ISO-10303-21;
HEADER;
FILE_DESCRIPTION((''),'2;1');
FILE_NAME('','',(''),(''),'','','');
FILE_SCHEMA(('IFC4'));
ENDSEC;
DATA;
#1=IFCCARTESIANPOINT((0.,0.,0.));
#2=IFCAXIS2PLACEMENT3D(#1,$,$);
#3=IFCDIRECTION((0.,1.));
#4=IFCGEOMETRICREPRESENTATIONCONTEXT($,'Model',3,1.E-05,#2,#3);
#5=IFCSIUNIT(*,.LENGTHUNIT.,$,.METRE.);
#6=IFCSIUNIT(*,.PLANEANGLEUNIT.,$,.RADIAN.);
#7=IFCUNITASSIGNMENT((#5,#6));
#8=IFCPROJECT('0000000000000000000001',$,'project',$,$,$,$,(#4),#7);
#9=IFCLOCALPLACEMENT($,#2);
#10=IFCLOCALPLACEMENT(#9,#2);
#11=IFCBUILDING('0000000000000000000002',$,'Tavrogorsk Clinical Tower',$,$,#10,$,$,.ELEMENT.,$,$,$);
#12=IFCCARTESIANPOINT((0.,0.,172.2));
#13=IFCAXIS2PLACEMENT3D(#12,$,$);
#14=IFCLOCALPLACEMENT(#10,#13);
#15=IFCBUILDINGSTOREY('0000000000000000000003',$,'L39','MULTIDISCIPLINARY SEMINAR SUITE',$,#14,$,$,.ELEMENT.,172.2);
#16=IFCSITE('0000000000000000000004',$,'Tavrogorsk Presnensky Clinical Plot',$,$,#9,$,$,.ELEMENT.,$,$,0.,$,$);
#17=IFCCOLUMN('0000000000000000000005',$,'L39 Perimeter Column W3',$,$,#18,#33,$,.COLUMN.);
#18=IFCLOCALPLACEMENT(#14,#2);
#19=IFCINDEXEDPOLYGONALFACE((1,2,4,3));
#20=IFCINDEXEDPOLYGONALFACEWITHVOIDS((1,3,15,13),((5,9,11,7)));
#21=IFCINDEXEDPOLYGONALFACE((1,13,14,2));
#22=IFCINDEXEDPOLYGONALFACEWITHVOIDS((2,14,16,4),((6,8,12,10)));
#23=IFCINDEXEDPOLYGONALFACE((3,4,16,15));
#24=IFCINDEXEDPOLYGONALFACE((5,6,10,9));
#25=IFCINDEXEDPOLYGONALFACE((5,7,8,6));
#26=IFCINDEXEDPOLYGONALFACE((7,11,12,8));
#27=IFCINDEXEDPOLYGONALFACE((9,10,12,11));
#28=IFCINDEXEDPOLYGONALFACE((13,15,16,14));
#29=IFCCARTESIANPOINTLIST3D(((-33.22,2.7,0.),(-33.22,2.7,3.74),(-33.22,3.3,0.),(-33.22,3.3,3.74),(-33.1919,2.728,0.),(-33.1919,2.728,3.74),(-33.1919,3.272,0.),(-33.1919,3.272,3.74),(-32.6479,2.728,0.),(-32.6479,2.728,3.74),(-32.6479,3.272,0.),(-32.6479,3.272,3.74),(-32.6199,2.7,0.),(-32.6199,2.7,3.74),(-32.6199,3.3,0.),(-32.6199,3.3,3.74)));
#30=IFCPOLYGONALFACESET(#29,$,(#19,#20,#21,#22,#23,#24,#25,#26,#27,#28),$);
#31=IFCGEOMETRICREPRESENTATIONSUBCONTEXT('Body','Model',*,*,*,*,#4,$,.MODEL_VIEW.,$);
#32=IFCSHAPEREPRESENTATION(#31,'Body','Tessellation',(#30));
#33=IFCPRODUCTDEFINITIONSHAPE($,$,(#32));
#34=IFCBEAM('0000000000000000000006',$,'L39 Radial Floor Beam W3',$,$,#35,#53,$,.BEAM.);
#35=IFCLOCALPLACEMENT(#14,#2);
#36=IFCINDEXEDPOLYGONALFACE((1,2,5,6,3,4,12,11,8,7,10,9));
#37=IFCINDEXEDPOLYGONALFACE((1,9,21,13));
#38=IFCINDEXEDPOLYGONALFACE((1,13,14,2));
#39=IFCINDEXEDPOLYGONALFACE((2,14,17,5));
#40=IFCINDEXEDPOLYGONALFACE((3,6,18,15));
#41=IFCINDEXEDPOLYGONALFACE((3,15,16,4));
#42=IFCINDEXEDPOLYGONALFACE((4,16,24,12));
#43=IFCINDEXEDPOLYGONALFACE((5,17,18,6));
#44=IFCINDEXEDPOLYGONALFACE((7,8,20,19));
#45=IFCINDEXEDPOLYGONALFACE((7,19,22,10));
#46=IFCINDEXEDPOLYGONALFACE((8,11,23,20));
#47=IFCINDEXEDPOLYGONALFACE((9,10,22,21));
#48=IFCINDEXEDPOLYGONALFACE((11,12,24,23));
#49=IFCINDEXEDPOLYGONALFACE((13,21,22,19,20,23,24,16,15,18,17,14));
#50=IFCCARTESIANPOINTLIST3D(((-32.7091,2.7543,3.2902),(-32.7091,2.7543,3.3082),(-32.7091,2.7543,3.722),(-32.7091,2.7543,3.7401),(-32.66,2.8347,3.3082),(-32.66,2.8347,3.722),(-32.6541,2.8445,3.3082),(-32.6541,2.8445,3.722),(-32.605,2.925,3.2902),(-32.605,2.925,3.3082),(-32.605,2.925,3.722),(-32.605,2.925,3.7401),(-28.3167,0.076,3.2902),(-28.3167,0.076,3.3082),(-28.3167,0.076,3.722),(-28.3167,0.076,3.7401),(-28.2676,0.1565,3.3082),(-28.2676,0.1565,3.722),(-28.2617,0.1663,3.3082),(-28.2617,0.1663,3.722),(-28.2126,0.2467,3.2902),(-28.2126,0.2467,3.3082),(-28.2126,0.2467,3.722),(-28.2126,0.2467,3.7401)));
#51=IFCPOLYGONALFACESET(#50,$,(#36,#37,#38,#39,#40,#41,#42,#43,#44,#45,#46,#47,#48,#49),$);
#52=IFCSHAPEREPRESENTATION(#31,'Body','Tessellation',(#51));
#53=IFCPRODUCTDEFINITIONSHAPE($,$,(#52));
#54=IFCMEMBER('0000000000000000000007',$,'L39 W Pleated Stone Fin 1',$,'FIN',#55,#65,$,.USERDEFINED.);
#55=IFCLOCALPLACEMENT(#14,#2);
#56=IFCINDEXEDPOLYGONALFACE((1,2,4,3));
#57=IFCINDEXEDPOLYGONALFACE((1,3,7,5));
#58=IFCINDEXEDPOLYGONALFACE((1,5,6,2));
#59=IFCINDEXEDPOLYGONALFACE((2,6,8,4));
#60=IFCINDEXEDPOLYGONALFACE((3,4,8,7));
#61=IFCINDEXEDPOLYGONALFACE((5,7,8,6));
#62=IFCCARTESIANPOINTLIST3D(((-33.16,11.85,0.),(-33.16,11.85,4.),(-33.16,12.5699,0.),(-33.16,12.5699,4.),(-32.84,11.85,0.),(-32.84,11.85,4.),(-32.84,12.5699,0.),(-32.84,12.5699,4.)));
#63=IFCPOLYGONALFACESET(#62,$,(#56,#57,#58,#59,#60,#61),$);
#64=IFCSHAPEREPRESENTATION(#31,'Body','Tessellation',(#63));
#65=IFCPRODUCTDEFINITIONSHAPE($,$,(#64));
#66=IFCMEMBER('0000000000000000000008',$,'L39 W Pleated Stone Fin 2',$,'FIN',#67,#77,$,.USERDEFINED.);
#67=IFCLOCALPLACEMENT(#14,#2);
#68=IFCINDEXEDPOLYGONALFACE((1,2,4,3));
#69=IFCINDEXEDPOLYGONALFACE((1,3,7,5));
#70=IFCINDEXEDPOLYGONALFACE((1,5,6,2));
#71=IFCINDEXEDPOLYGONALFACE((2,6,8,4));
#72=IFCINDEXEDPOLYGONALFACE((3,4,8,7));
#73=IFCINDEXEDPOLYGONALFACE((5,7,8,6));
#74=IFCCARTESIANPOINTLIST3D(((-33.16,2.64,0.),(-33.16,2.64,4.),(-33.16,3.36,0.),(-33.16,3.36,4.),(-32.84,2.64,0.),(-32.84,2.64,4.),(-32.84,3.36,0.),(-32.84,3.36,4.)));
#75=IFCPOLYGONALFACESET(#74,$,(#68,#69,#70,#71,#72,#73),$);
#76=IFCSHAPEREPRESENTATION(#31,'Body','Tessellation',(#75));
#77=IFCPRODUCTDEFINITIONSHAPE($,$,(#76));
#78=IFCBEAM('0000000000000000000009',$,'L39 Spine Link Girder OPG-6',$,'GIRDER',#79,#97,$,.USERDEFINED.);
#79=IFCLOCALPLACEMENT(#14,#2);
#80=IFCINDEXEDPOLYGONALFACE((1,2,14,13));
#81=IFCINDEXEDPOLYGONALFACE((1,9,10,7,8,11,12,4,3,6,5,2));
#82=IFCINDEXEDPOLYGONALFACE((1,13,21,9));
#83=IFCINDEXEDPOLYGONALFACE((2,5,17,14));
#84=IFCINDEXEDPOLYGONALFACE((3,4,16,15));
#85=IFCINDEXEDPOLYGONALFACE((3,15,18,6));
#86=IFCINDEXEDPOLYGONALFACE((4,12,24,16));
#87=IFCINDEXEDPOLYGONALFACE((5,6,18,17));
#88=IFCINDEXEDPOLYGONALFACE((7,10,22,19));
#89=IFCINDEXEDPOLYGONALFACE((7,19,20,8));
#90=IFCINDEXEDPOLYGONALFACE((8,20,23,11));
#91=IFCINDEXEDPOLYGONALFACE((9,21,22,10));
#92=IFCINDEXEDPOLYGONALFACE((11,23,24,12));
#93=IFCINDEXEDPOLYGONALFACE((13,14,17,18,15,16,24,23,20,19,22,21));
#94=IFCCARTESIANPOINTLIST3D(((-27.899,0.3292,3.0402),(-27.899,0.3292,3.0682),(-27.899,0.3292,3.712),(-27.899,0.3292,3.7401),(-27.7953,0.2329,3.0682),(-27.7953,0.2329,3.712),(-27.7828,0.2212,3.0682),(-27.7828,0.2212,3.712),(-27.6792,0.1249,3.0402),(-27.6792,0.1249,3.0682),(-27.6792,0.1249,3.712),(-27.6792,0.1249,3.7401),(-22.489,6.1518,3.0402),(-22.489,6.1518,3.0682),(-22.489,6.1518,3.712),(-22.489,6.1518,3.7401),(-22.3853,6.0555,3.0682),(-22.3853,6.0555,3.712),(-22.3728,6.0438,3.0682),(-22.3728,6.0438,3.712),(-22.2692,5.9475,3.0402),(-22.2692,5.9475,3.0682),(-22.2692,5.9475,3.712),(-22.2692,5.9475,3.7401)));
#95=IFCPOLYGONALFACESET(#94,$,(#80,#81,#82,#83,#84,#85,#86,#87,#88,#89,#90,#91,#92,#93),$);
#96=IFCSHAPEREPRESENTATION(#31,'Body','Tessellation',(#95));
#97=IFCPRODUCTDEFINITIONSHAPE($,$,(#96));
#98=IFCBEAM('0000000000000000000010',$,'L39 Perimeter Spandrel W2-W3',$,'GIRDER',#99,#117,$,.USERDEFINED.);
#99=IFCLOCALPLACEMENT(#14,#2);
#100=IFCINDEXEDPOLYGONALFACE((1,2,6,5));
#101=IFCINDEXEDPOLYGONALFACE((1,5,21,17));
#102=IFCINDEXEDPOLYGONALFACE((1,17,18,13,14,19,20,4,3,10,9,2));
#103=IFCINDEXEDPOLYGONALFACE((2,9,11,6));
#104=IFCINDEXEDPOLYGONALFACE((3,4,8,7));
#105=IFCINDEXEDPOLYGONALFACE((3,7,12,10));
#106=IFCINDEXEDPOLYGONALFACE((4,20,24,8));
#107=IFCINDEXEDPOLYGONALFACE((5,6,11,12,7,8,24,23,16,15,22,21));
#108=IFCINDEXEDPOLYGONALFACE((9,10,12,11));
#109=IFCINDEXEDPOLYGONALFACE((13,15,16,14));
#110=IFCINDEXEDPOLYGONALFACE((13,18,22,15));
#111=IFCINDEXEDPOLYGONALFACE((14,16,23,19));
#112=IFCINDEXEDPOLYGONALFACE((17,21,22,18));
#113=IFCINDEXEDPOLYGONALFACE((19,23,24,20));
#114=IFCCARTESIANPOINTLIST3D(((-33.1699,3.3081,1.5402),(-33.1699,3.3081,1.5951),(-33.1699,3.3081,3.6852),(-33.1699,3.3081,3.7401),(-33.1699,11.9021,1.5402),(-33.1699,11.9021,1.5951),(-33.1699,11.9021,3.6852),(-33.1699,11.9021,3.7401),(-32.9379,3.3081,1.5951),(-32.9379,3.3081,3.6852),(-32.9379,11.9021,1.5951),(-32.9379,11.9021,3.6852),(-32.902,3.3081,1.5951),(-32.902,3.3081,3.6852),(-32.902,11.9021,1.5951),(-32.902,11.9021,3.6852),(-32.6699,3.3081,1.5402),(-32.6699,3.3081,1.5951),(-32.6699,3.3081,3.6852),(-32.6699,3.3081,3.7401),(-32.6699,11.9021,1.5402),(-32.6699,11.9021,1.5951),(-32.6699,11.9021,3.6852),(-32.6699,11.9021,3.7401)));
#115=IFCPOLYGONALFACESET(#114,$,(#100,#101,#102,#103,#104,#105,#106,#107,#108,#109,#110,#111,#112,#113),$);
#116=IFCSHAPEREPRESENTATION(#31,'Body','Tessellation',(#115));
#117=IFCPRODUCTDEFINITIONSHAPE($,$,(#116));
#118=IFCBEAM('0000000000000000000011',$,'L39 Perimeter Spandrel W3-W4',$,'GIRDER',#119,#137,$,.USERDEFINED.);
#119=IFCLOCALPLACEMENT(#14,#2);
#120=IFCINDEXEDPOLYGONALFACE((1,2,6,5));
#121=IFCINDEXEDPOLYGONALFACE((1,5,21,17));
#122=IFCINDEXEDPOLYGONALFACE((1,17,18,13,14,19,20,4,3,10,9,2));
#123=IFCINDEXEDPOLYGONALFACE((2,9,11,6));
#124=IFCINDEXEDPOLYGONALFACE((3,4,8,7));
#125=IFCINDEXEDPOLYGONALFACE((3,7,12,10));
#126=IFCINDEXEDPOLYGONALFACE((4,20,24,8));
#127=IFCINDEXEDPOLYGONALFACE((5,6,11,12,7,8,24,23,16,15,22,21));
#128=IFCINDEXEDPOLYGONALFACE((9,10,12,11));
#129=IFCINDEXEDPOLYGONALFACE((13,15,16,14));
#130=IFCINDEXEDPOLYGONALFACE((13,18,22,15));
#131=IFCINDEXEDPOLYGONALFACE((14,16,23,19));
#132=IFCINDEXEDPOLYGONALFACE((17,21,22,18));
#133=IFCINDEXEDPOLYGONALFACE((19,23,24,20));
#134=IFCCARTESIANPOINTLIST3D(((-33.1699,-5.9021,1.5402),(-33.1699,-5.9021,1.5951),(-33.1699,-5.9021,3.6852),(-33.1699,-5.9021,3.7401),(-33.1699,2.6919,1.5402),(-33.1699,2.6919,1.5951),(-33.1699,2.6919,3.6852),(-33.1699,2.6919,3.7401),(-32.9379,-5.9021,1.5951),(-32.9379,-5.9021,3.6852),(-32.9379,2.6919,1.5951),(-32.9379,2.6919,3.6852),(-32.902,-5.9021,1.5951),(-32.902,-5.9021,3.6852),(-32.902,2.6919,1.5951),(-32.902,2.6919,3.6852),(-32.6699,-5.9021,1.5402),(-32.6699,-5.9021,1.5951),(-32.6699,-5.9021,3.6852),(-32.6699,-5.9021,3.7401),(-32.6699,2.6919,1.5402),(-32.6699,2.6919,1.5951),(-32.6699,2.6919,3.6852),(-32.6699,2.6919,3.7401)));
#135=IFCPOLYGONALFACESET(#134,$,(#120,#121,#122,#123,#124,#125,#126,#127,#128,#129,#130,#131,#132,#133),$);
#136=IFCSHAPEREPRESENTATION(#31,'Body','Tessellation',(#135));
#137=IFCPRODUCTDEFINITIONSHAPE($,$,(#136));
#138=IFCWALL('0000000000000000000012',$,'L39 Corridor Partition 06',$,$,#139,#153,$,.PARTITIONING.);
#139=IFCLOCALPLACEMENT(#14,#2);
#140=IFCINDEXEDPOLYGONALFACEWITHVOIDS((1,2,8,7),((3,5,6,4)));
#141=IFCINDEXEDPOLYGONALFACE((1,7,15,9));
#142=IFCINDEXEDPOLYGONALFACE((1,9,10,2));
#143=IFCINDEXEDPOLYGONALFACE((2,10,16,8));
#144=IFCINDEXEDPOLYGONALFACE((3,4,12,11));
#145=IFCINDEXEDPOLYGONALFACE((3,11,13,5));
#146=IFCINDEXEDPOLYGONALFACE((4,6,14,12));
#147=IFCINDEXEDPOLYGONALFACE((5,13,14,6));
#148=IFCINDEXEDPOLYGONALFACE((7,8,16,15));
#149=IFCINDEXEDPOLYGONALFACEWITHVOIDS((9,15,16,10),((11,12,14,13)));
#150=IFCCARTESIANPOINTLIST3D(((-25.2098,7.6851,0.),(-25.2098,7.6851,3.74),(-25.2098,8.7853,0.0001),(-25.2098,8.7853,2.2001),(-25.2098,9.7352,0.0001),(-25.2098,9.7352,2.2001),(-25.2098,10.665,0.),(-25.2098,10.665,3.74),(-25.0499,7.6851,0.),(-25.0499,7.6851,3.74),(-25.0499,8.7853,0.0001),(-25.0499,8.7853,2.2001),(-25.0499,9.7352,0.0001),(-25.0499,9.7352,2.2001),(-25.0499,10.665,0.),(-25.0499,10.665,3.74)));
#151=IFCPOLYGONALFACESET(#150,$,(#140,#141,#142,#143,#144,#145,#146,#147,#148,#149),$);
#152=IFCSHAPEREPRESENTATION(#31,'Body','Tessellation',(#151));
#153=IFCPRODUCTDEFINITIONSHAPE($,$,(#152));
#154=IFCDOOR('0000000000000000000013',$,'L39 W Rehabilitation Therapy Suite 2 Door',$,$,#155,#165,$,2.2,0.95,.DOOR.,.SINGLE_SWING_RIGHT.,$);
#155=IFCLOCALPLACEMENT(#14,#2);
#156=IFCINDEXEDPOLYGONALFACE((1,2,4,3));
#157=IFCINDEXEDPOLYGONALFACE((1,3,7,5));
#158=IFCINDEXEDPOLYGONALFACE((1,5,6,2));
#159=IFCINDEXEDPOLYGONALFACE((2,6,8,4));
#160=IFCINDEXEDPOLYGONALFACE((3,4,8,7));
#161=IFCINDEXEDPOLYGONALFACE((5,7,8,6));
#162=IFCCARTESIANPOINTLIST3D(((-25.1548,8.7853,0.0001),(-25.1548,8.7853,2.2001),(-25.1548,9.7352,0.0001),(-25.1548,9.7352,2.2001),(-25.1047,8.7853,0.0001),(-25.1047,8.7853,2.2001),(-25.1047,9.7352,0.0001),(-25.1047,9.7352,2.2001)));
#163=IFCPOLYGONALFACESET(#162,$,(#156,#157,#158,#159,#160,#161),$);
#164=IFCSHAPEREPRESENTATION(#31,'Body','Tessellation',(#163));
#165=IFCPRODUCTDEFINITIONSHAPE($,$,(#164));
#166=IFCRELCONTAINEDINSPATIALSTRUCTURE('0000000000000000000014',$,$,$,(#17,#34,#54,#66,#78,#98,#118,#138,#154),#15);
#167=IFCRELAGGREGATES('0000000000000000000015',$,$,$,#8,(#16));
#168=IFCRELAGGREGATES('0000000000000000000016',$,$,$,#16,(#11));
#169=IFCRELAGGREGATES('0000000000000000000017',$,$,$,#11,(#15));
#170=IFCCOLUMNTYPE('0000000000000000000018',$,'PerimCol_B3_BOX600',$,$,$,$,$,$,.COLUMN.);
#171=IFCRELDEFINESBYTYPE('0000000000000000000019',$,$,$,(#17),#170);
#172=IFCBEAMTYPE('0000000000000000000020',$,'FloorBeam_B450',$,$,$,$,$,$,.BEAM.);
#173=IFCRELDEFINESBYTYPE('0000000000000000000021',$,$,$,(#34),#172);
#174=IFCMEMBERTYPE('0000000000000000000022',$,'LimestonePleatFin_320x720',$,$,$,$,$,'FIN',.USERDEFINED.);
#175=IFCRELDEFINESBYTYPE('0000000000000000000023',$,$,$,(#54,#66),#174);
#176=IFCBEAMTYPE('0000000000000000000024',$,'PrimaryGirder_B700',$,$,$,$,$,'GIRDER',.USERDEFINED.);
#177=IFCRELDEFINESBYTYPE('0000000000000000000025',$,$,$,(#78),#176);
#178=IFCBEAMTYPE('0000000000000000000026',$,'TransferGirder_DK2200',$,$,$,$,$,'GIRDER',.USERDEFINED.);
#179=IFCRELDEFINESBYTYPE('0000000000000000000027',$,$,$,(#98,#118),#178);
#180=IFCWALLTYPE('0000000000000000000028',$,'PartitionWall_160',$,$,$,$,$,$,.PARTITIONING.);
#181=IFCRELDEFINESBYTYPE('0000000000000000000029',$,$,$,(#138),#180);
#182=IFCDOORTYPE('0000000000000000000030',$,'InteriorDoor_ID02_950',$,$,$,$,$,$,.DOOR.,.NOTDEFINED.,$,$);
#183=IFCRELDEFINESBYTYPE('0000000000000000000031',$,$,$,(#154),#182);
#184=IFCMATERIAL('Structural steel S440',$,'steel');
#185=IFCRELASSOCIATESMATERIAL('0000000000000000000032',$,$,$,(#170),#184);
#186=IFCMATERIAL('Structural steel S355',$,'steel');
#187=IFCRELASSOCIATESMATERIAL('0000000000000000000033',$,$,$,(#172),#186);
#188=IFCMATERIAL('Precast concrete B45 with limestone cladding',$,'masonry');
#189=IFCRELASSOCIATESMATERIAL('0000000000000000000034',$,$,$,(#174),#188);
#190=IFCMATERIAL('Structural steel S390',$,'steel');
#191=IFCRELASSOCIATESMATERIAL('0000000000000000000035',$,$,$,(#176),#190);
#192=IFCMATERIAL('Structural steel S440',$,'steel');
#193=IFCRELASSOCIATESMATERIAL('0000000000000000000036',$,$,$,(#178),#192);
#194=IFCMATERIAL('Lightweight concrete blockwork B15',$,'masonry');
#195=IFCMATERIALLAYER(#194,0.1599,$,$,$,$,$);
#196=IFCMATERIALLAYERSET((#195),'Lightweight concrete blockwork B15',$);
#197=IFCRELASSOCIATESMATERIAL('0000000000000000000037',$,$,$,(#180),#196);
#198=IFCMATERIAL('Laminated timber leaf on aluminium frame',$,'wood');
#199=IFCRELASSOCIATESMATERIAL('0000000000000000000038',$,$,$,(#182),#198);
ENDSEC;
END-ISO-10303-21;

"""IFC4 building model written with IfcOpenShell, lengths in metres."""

from ifc_helpers import new_model, si_unit, direction, frame, frame_2d, origin, origin_2d, place, context, subcontext, project, spatial, rectangle, hollow_rectangle, i_section, extrude, material, layer, layer_set, material_profile, profile_set, type_object, element, fill, save


model = new_model("IFC4")

# Units and contexts
model_context = context("Model", 3, precision=1e-05, world=origin(), true_north=direction((0.0, 1.0)))
body_context = subcontext(model_context, "Body", "Model", "MODEL_VIEW")
ifc_project = project(units=[si_unit("LENGTHUNIT", "METRE"), si_unit("PLANEANGLEUNIT", "RADIAN")], contexts=[model_context])

# Site, building, storey
site_placement = place(None, origin())
site = spatial("IfcSite", under=ifc_project, at=site_placement, Name="Tavrogorsk Presnensky Clinical Plot", CompositionType="ELEMENT", RefElevation=0.0)
building_placement = place(site_placement, origin())
building = spatial("IfcBuilding", under=site, at=building_placement, Name="Tavrogorsk Clinical Tower", CompositionType="ELEMENT")
storey_placement = place(building_placement, frame((0.0, 0.0, 172.2)))
storey = spatial("IfcBuildingStorey", under=building, at=storey_placement, Name="L39", Description="MULTIDISCIPLINARY SEMINAR SUITE", CompositionType="ELEMENT", Elevation=172.2)

# Column
ifc_material_1 = material(Name="Structural steel S440", Category="steel")
ifc_material_profile_1 = material_profile(ifc_material_1, hollow_rectangle(XDim=0.6001, YDim=0.6001, WallThickness=0.0281, at=origin_2d()), Name="BOX-600x600x28")
ifc_profile_set_1 = profile_set([ifc_material_profile_1], Name="Structural steel S440")
column_type = type_object("IfcColumnType", Name="PerimCol_B3_BOX600", PredefinedType="COLUMN", material=ifc_profile_set_1)
column_placement = place(storey_placement, frame((-32.9199, 3.0, 0.0), z_axis=(0.0, 0.0, 1.0), x_axis=(1.0, 0.0, 0.0)))
element("IfcColumn", 1, at=column_placement, inside=storey, type_object=column_type, Name="L39 Perimeter Column W3", PredefinedType="COLUMN", context=body_context, shape_type="SweptSolid", body=[
    extrude(hollow_rectangle(XDim=0.6001, YDim=0.6001, WallThickness=0.0281, at=origin_2d()), origin(), (0.0, 0.0, 1.0), 3.74),
])

# Beam
ifc_material_2 = material(Name="Structural steel S355", Category="steel")
ifc_material_profile_2 = material_profile(ifc_material_2, i_section(OverallWidth=0.2, OverallDepth=0.45, WebThickness=0.0115, FlangeThickness=0.0181, at=origin_2d()), Name="B-450x200x11.5x18")
ifc_profile_set_2 = profile_set([ifc_material_profile_2], Name="Structural steel S355")
beam_type_1 = type_object("IfcBeamType", Name="FloorBeam_B450", PredefinedType="BEAM", material=ifc_profile_set_2)
beam_1_placement = place(storey_placement, frame((-28.2646, 0.1614, 3.5151), z_axis=(-0.853799, 0.520603, 0.0), x_axis=(-0.520603, -0.853799, 0.0)))
element("IfcBeam", 2, at=beam_1_placement, inside=storey, type_object=beam_type_1, Name="L39 Radial Floor Beam W3", PredefinedType="BEAM", context=body_context, shape_type="SweptSolid", body=[
    extrude(i_section(OverallWidth=0.2, OverallDepth=0.45, WebThickness=0.0115, FlangeThickness=0.0181, at=origin_2d()), origin(), (0.0, 0.0, 1.0), 5.1445),
])

# Members
ifc_material_3 = material(Name="Precast concrete B45 with limestone cladding", Category="masonry")
ifc_material_profile_3 = material_profile(ifc_material_3, rectangle(XDim=0.3201, YDim=0.72, at=origin_2d()), Name="LIMESTONE-FIN-320x720")
ifc_profile_set_3 = profile_set([ifc_material_profile_3], Name="Precast concrete B45 with limestone cladding")
member_type = type_object("IfcMemberType", Name="LimestonePleatFin_320x720", ElementType="FIN", PredefinedType="USERDEFINED", material=ifc_profile_set_3)
for number, where, z_axis, x_axis, name in (
    (3, (-33.0, 12.21, 0.0), (0.0, 0.0, 1.0), (1.0, 0.0, 0.0), "L39 W Pleated Stone Fin 1"),
    (4, (-33.0, 3.0, 0.0), (0.0, 0.0, 1.0), (1.0, 0.0, 0.0), "L39 W Pleated Stone Fin 2"),
):
    element("IfcMember", number, at=place(storey_placement, frame(where, z_axis=z_axis, x_axis=x_axis)), inside=storey, type_object=member_type, Name=name, ObjectType="FIN", PredefinedType="USERDEFINED", context=body_context, shape_type="SweptSolid", body=[
        extrude(rectangle(XDim=0.3201, YDim=0.72, at=origin_2d()), origin(), (0.0, 0.0, 1.0), 4.0),
    ])

# Beams
ifc_material_4 = material(Name="Structural steel S390", Category="steel")
ifc_material_profile_4 = material_profile(ifc_material_4, i_section(OverallWidth=0.3, OverallDepth=0.7, WebThickness=0.0171, FlangeThickness=0.0281, at=origin_2d()), Name="B-700x300x17x28")
ifc_profile_set_4 = profile_set([ifc_material_profile_4], Name="Structural steel S390")
beam_type_2 = type_object("IfcBeamType", Name="PrimaryGirder_B700", ElementType="GIRDER", PredefinedType="USERDEFINED", material=ifc_profile_set_4)
beam_2_placement = place(storey_placement, frame((-27.7891, 0.2271, 3.3901), z_axis=(0.680674, 0.732587, 0.0), x_axis=(-0.732587, 0.680674, 0.0)))
element("IfcBeam", 5, at=beam_2_placement, inside=storey, type_object=beam_type_2, Name="L39 Spine Link Girder OPG-6", ObjectType="GIRDER", PredefinedType="USERDEFINED", context=body_context, shape_type="SweptSolid", body=[
    extrude(i_section(OverallWidth=0.3, OverallDepth=0.7, WebThickness=0.0171, FlangeThickness=0.0281, at=origin_2d()), origin(), (0.0, 0.0, 1.0), 7.948),
])
ifc_material_5 = material(Name="Structural steel S440", Category="steel")
ifc_material_profile_5 = material_profile(ifc_material_5, i_section(OverallWidth=0.5, OverallDepth=2.2, WebThickness=0.0359, FlangeThickness=0.0549, at=origin_2d()), Name="DK-2200x500x36x55")
ifc_profile_set_5 = profile_set([ifc_material_profile_5], Name="Structural steel S440")
beam_type_3 = type_object("IfcBeamType", Name="TransferGirder_DK2200", ElementType="GIRDER", PredefinedType="USERDEFINED", material=ifc_profile_set_5)
for number, where, z_axis, x_axis, name in (
    (6, (-32.9199, 11.9021, 2.6401), (0.0, -1.0, 0.0), (1.0, 0.0, 0.0), "L39 Perimeter Spandrel W2-W3"),
    (7, (-32.9199, 2.6919, 2.6401), (0.0, -1.0, 0.0), (1.0, 0.0, 0.0), "L39 Perimeter Spandrel W3-W4"),
):
    element("IfcBeam", number, at=place(storey_placement, frame(where, z_axis=z_axis, x_axis=x_axis)), inside=storey, type_object=beam_type_3, Name=name, ObjectType="GIRDER", PredefinedType="USERDEFINED", context=body_context, shape_type="SweptSolid", body=[
        extrude(i_section(OverallWidth=0.5, OverallDepth=2.2, WebThickness=0.0359, FlangeThickness=0.0549, at=origin_2d()), origin(), (0.0, 0.0, 1.0), 8.594),
    ])

# Wall, opening, door
ifc_material_6 = material(Name="Lightweight concrete blockwork B15", Category="masonry")
ifc_layer = layer(ifc_material_6, 0.1599)
ifc_layer_set = layer_set([ifc_layer], Name="Lightweight concrete blockwork B15")
wall_type = type_object("IfcWallType", Name="PartitionWall_160", PredefinedType="PARTITIONING", material=ifc_layer_set)
wall_1_placement = place(storey_placement, frame((-25.1299, 7.6851, 0.0), z_axis=(0.0, 0.0, 1.0), x_axis=(0.0, 1.0, 0.0)))
wall_1 = element("IfcWall", 8, at=wall_1_placement, inside=storey, type_object=wall_type, Name="L39 Corridor Partition 06", PredefinedType="PARTITIONING", context=body_context, shape_type="SweptSolid", body=[
    extrude(rectangle(XDim=2.98, YDim=0.1599, at=frame_2d((1.49, 0.0))), origin(), (0.0, 0.0, 1.0), 3.74),
])
opening_1_placement = place(wall_1_placement, frame((1.1001, 0.0, 0.0)))
opening_1 = element("IfcOpeningElement", 9, at=opening_1_placement, cuts=wall_1, PredefinedType="OPENING", context=body_context, shape_type="SweptSolid", body=[
    extrude(rectangle(XDim=0.95, YDim=2.2, at=frame_2d((0.4751, 1.1001))), frame((0.0, 0.0898, 0.0), z_axis=(0.0, -1.0, 0.0), x_axis=(1.0, 0.0, 0.0)), (0.0, 0.0, 1.0), 0.1799),
])
ifc_material_7 = material(Name="Laminated timber leaf on aluminium frame", Category="wood")
door_type_1 = type_object("IfcDoorType", Name="InteriorDoor_ID02_950", OperationType="NOTDEFINED", PredefinedType="DOOR", material=ifc_material_7)
door_1_placement = place(opening_1_placement, origin())
door_1 = element("IfcDoor", 10, at=door_1_placement, inside=storey, type_object=door_type_1, Name="L39 W Rehabilitation Therapy Suite 2 Door", OperationType="SINGLE_SWING_RIGHT", OverallHeight=2.2, OverallWidth=0.95, PredefinedType="DOOR", context=body_context, shape_type="SweptSolid", body=[
    extrude(rectangle(XDim=0.95, YDim=2.2, at=frame_2d((0.4751, 1.1001))), frame((0.0, 0.0249, 0.0), z_axis=(0.0, -1.0, 0.0), x_axis=(1.0, 0.0, 0.0)), (0.0, 0.0, 1.0), 0.05),
])
fill(opening_1, door_1)

save(model, "model.ifc")
